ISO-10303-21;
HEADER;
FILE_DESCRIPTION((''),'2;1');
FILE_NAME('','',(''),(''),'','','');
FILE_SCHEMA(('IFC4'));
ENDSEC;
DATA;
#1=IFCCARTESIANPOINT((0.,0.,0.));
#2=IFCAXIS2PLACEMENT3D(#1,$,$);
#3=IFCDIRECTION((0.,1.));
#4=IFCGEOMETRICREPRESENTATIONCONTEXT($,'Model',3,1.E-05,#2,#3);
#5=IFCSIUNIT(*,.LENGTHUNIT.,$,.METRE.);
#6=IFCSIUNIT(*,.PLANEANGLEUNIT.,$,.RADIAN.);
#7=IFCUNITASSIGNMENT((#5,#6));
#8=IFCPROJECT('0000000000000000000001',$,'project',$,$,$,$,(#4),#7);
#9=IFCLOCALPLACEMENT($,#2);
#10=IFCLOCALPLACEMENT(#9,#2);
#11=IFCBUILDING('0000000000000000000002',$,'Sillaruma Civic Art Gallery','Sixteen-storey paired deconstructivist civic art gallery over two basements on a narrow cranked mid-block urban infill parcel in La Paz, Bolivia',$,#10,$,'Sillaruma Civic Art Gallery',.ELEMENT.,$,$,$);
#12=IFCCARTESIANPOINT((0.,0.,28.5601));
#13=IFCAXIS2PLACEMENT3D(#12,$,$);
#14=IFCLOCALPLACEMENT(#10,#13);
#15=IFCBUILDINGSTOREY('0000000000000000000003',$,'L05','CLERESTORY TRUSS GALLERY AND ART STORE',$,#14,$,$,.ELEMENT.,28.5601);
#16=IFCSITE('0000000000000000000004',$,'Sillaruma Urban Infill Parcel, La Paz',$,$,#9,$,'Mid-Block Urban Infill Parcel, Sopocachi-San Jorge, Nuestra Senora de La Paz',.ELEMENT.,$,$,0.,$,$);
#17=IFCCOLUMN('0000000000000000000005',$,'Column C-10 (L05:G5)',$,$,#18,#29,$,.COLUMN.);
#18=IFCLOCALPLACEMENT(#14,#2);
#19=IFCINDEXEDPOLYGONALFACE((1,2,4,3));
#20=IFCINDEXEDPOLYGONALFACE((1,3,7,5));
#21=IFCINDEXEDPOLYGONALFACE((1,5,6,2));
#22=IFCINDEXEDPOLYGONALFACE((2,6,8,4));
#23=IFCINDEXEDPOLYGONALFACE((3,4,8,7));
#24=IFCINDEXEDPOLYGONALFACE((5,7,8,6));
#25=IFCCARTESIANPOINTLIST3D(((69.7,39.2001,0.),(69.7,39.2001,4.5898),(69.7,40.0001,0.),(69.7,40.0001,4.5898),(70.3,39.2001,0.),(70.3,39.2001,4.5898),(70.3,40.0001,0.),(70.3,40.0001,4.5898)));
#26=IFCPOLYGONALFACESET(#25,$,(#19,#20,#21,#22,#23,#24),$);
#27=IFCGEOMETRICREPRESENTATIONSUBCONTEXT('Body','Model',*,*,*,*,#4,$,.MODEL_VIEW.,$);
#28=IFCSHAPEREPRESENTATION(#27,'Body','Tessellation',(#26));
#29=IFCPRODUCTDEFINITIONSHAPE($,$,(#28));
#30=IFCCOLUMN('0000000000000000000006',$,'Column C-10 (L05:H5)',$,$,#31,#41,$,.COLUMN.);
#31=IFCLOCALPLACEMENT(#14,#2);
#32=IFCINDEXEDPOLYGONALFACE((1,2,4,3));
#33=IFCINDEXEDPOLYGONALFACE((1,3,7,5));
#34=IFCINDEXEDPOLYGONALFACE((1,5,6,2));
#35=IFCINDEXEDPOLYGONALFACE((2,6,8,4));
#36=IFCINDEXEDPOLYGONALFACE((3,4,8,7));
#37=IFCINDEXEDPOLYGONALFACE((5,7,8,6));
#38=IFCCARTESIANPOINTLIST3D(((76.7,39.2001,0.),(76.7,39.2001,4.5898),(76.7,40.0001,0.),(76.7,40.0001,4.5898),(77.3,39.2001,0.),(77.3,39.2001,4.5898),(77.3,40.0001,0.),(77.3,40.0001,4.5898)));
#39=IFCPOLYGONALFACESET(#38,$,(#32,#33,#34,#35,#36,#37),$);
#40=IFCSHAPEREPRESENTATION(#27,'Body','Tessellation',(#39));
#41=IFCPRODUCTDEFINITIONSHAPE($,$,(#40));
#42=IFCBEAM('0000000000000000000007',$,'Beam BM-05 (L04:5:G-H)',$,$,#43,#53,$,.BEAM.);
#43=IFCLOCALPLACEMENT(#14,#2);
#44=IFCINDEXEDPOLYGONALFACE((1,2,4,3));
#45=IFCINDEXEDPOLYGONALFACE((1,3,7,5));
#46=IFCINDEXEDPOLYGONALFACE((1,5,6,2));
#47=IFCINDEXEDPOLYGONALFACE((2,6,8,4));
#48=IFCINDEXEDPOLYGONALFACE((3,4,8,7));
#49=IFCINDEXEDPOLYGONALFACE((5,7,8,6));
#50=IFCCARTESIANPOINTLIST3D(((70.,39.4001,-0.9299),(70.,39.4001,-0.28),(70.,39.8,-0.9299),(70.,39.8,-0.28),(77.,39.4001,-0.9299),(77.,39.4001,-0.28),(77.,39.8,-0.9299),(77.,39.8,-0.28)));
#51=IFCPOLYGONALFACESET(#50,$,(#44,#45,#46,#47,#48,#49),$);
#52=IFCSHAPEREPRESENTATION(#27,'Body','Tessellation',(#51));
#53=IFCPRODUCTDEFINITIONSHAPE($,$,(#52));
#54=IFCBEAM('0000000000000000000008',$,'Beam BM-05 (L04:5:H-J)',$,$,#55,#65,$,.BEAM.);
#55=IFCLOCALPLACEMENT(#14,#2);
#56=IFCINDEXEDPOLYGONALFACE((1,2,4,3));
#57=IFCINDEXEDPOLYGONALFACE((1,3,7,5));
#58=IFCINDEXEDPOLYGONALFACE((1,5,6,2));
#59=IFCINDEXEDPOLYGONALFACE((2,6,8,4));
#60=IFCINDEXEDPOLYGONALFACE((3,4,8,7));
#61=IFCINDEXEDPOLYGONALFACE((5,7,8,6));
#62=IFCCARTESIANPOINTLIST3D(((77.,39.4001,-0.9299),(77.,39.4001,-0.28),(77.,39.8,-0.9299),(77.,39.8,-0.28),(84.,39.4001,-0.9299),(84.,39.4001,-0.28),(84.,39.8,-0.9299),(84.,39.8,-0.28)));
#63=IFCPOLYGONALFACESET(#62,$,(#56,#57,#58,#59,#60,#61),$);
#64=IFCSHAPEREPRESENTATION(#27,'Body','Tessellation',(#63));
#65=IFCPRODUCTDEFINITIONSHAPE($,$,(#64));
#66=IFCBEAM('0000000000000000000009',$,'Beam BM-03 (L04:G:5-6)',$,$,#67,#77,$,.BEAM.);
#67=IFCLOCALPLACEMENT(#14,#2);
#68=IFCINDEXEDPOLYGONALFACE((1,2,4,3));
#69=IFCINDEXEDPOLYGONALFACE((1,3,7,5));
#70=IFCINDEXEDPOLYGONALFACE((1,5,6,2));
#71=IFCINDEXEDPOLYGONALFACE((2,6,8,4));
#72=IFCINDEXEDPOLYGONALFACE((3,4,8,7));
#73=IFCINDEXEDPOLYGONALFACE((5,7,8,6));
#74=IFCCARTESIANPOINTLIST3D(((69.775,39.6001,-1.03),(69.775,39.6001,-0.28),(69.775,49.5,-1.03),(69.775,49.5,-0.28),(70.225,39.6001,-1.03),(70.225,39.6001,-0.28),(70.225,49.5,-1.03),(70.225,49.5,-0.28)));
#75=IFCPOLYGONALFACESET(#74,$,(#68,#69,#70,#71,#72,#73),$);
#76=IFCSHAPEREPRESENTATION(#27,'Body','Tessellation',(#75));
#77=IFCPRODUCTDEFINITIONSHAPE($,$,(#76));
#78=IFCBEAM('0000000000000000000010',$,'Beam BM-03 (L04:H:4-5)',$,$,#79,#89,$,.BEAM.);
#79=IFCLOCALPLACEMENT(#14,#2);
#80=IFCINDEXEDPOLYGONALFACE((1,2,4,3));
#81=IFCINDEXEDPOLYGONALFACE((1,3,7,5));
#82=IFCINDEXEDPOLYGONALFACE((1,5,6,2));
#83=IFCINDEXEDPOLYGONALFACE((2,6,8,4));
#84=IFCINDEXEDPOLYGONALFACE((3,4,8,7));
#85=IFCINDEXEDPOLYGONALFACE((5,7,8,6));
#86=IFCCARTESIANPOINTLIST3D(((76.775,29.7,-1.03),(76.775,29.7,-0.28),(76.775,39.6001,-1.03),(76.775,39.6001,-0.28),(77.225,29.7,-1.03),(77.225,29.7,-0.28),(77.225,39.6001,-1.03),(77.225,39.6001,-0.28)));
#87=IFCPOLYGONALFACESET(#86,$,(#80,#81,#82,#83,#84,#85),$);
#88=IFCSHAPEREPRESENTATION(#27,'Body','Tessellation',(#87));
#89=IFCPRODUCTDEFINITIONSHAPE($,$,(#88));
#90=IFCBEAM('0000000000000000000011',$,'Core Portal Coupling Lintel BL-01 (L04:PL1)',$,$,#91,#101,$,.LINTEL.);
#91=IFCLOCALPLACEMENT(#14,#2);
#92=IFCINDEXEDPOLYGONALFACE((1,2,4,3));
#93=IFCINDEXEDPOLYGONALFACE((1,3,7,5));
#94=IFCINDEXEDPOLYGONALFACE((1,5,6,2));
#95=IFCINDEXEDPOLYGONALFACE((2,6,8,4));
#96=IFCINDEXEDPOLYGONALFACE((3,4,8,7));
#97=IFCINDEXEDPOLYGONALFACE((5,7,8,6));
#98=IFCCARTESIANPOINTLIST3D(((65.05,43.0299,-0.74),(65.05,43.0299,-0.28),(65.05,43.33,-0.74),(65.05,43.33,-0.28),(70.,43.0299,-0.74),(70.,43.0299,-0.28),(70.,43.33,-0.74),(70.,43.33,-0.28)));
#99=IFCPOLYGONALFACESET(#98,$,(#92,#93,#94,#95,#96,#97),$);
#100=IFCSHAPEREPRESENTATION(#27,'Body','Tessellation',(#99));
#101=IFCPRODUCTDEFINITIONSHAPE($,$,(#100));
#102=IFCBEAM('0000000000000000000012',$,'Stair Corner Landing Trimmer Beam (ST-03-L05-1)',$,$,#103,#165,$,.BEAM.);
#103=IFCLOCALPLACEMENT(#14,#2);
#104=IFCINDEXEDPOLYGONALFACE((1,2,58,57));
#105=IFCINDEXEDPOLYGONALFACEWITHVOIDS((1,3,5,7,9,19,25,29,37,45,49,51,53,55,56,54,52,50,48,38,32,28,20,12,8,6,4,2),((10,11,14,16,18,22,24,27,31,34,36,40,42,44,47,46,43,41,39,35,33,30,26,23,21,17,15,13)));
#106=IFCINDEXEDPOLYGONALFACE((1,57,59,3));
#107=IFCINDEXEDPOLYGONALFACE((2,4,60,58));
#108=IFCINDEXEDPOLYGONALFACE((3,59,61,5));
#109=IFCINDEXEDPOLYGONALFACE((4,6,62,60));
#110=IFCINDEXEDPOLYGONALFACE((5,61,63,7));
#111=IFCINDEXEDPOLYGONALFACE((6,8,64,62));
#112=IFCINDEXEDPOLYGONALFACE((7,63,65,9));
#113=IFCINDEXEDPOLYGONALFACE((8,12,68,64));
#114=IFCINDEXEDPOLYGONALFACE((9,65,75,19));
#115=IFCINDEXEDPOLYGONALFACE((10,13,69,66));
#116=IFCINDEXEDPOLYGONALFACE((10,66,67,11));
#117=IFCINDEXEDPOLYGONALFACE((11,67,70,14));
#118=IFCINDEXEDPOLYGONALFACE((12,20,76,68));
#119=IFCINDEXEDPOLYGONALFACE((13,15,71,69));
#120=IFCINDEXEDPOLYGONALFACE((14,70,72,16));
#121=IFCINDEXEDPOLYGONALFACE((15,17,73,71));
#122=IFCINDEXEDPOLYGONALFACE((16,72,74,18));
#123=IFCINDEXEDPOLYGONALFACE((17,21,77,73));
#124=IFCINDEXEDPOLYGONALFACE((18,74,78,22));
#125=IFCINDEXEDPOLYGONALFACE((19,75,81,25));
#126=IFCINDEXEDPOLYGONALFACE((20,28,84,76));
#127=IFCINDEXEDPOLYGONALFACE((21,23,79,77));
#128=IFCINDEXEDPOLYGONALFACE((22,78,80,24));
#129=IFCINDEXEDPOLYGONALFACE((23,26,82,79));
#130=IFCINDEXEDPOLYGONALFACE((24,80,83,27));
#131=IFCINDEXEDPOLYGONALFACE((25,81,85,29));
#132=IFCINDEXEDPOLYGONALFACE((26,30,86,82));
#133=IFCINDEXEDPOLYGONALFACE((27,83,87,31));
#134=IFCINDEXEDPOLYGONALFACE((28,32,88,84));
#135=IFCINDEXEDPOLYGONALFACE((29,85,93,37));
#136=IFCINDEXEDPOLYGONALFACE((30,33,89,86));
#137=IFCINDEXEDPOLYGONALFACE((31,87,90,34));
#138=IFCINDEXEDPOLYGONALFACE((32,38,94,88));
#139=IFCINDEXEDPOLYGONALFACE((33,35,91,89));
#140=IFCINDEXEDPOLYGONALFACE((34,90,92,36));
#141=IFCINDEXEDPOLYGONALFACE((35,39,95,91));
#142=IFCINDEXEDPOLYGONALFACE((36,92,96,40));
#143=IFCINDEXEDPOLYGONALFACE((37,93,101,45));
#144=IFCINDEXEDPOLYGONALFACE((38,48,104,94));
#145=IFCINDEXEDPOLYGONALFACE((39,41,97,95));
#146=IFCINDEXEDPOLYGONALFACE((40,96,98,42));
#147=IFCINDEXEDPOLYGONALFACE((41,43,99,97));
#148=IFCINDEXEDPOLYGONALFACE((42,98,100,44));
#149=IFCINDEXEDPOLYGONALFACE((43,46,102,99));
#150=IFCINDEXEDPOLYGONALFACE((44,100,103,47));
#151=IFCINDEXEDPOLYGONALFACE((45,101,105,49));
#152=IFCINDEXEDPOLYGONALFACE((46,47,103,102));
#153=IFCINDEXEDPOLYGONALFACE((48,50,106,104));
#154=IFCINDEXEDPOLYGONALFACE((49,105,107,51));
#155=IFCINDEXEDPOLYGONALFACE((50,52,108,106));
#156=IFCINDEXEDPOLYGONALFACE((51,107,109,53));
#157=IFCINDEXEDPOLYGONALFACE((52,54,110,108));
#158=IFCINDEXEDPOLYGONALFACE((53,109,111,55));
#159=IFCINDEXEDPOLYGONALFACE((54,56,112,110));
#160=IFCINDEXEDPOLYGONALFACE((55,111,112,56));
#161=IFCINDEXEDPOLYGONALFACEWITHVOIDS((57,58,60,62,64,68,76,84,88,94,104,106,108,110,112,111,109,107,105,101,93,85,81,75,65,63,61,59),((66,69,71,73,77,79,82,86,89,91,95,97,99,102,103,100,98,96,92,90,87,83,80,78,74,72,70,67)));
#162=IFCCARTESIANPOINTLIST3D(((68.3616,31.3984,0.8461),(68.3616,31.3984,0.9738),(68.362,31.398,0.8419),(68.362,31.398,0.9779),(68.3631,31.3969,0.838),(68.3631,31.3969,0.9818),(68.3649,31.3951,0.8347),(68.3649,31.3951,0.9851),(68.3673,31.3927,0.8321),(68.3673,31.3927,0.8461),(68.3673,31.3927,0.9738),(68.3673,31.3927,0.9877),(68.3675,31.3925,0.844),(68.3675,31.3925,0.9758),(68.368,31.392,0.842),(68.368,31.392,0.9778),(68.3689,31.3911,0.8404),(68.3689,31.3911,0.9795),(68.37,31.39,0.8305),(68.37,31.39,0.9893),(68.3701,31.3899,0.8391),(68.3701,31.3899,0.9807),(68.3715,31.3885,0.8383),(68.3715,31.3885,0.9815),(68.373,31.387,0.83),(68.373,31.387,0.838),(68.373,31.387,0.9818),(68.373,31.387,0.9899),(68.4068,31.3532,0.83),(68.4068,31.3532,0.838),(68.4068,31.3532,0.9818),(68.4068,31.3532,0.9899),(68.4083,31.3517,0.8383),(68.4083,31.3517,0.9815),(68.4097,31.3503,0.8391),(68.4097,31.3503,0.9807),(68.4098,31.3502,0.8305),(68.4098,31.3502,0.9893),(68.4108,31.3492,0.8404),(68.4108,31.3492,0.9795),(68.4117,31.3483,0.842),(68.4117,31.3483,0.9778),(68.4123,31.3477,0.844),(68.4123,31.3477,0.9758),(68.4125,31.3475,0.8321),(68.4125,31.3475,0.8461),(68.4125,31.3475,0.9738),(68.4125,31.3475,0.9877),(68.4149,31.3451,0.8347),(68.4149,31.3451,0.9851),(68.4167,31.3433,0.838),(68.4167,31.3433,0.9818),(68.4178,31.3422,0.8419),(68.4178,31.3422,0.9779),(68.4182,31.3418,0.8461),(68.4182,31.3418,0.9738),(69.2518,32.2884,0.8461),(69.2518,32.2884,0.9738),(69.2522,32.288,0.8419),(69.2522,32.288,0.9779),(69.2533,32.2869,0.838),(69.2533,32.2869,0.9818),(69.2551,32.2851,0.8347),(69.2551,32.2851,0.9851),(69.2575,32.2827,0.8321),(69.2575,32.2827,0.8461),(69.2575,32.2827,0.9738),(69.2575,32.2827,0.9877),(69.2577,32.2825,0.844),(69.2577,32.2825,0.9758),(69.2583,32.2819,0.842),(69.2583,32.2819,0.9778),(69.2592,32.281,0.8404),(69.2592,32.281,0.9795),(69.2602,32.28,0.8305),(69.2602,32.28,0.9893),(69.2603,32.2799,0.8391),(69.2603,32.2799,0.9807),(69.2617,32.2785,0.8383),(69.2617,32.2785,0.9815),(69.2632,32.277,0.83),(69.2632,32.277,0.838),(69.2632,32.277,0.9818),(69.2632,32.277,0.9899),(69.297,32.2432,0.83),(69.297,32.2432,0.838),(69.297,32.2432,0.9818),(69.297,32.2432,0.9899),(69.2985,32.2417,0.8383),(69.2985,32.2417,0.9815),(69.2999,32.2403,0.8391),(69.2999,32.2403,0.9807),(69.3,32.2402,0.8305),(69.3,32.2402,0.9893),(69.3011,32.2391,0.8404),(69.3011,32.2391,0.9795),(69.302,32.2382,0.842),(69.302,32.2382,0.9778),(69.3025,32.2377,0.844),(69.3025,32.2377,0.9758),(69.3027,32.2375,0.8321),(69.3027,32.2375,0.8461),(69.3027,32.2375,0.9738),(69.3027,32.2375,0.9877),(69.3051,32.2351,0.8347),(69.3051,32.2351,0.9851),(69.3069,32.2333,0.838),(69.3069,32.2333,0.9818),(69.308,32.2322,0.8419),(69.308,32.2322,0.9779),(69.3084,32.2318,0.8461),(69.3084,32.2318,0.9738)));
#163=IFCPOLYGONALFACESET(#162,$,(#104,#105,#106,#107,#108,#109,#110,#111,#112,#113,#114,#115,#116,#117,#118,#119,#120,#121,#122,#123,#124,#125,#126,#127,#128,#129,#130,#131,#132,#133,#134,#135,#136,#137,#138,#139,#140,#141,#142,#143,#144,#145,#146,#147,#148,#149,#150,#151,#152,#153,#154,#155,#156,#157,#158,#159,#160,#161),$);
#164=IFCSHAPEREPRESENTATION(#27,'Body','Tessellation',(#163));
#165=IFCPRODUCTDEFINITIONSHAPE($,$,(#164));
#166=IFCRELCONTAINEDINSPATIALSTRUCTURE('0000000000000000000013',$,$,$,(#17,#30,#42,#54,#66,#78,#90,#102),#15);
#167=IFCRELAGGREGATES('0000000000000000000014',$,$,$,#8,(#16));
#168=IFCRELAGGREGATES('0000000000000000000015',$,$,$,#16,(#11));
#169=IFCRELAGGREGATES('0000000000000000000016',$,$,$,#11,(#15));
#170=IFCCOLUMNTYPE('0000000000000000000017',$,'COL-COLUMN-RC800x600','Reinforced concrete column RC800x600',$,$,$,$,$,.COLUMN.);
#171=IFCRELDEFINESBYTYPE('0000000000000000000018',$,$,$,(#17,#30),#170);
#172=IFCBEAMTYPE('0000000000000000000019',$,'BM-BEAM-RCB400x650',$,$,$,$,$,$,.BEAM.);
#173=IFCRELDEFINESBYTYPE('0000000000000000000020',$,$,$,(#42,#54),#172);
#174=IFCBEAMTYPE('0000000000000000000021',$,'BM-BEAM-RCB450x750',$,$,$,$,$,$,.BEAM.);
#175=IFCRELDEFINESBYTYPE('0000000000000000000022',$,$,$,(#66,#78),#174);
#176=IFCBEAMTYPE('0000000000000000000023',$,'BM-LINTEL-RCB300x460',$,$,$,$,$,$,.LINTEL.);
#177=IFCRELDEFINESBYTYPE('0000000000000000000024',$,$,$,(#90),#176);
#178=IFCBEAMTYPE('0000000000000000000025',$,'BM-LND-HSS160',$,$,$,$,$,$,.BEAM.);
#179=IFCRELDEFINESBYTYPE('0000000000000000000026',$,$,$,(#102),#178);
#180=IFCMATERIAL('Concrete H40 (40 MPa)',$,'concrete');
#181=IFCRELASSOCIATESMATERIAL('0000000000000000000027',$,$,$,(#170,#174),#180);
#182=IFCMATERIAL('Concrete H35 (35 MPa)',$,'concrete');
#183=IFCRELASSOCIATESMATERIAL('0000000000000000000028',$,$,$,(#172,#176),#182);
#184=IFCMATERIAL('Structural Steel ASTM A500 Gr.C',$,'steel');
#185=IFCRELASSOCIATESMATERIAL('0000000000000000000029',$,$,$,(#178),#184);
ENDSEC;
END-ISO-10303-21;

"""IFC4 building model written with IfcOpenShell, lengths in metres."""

from ifc_helpers import new_model, si_unit, direction, frame, origin, origin_2d, place, context, subcontext, project, spatial, rectangle, hollow_rectangle, extrude, material, material_profile, profile_set, type_object, element, save


model = new_model("IFC4")

# Units and contexts
model_context = context("Model", 3, precision=1e-05, world=origin(), true_north=direction((0.0, 1.0)))
body_context = subcontext(model_context, "Body", "Model", "MODEL_VIEW")
ifc_project = project(units=[si_unit("LENGTHUNIT", "METRE"), si_unit("PLANEANGLEUNIT", "RADIAN")], contexts=[model_context])

# Site, building, storey
site_placement = place(None, origin())
site = spatial("IfcSite", under=ifc_project, at=site_placement, Name="Sillaruma Urban Infill Parcel, La Paz", LongName="Mid-Block Urban Infill Parcel, Sopocachi-San Jorge, Nuestra Senora de La Paz", CompositionType="ELEMENT", RefElevation=0.0)
building_placement = place(site_placement, origin())
building = spatial("IfcBuilding", under=site, at=building_placement, Name="Sillaruma Civic Art Gallery", Description="Sixteen-storey paired deconstructivist civic art gallery over two basements on a narrow cranked mid-block urban infill parcel in La Paz, Bolivia", LongName="Sillaruma Civic Art Gallery", CompositionType="ELEMENT")
storey_placement = place(building_placement, frame((0.0, 0.0, 28.5601)))
storey = spatial("IfcBuildingStorey", under=building, at=storey_placement, Name="L05", Description="CLERESTORY TRUSS GALLERY AND ART STORE", CompositionType="ELEMENT", Elevation=28.5601)

# Columns
ifc_material_1 = material(Name="Concrete H40 (40 MPa)", Category="concrete")
ifc_material_profile_1 = material_profile(ifc_material_1, rectangle(XDim=0.6001, YDim=0.8, at=origin_2d()), Name="RC800x600")
ifc_profile_set_1 = profile_set([ifc_material_profile_1], Name="Concrete H40 (40 MPa)")
column_type = type_object("IfcColumnType", Name="COL-COLUMN-RC800x600", Description="Reinforced concrete column RC800x600", PredefinedType="COLUMN", material=ifc_profile_set_1)
for number, where, z_axis, x_axis, name in (
    (1, (70.0, 39.6001, 0.0), (0.0, 0.0, 1.0), (1.0, 0.0, 0.0), "Column C-10 (L05:G5)"),
    (2, (77.0, 39.6001, 0.0), (0.0, 0.0, 1.0), (1.0, 0.0, 0.0), "Column C-10 (L05:H5)"),
):
    element("IfcColumn", number, at=place(storey_placement, frame(where, z_axis=z_axis, x_axis=x_axis)), inside=storey, type_object=column_type, Name=name, PredefinedType="COLUMN", context=body_context, shape_type="SweptSolid", body=[
        extrude(rectangle(XDim=0.6001, YDim=0.8, at=origin_2d()), origin(), (0.0, 0.0, 1.0), 4.5898),
    ])

# Beams
ifc_material_2 = material(Name="Concrete H35 (35 MPa)", Category="concrete")
ifc_material_profile_2 = material_profile(ifc_material_2, rectangle(XDim=0.3999, YDim=0.6499, at=origin_2d()), Name="RCB400x650")
ifc_profile_set_2 = profile_set([ifc_material_profile_2], Name="Concrete H35 (35 MPa)")
beam_type_1 = type_object("IfcBeamType", Name="BM-BEAM-RCB400x650", PredefinedType="BEAM", material=ifc_profile_set_2)
for number, where, z_axis, x_axis, name in (
    (3, (70.0, 39.6001, -0.605), (1.0, 0.0, 0.0), (0.0, 1.0, 0.0), "Beam BM-05 (L04:5:G-H)"),
    (4, (77.0, 39.6001, -0.605), (1.0, 0.0, 0.0), (0.0, 1.0, 0.0), "Beam BM-05 (L04:5:H-J)"),
):
    element("IfcBeam", number, at=place(storey_placement, frame(where, z_axis=z_axis, x_axis=x_axis)), inside=storey, type_object=beam_type_1, Name=name, PredefinedType="BEAM", context=body_context, shape_type="SweptSolid", body=[
        extrude(rectangle(XDim=0.3999, YDim=0.6499, at=origin_2d()), origin(), (0.0, 0.0, 1.0), 7.0),
    ])
ifc_material_profile_3 = material_profile(ifc_material_1, rectangle(XDim=0.45, YDim=0.75, at=origin_2d()), Name="RCB450x750")
ifc_profile_set_3 = profile_set([ifc_material_profile_3], Name="Concrete H40 (40 MPa)")
beam_type_2 = type_object("IfcBeamType", Name="BM-BEAM-RCB450x750", PredefinedType="BEAM", material=ifc_profile_set_3)
beam_1_placement = place(storey_placement, frame((70.0, 39.6001, -0.655), z_axis=(0.0, 1.0, 0.0), x_axis=(-1.0, 0.0, 0.0)))
element("IfcBeam", 5, at=beam_1_placement, inside=storey, type_object=beam_type_2, Name="Beam BM-03 (L04:G:5-6)", PredefinedType="BEAM", context=body_context, shape_type="SweptSolid", body=[
    extrude(rectangle(XDim=0.45, YDim=0.75, at=origin_2d()), origin(), (0.0, 0.0, 1.0), 9.8999),
])
beam_2_placement = place(storey_placement, frame((77.0, 29.7, -0.655), z_axis=(0.0, 1.0, 0.0), x_axis=(-1.0, 0.0, 0.0)))
element("IfcBeam", 6, at=beam_2_placement, inside=storey, type_object=beam_type_2, Name="Beam BM-03 (L04:H:4-5)", PredefinedType="BEAM", context=body_context, shape_type="SweptSolid", body=[
    extrude(rectangle(XDim=0.45, YDim=0.75, at=origin_2d()), origin(), (0.0, 0.0, 1.0), 9.9001),
])
ifc_material_profile_4 = material_profile(ifc_material_2, rectangle(XDim=0.3, YDim=0.46, at=origin_2d()), Name="RCB300x460")
ifc_profile_set_4 = profile_set([ifc_material_profile_4], Name="Concrete H35 (35 MPa)")
beam_type_3 = type_object("IfcBeamType", Name="BM-LINTEL-RCB300x460", PredefinedType="LINTEL", material=ifc_profile_set_4)
beam_3_placement = place(storey_placement, frame((65.05, 43.1799, -0.51), z_axis=(1.0, 0.0, 0.0), x_axis=(0.0, 1.0, 0.0)))
element("IfcBeam", 7, at=beam_3_placement, inside=storey, type_object=beam_type_3, Name="Core Portal Coupling Lintel BL-01 (L04:PL1)", PredefinedType="LINTEL", context=body_context, shape_type="SweptSolid", body=[
    extrude(rectangle(XDim=0.3, YDim=0.46, at=origin_2d()), origin(), (0.0, 0.0, 1.0), 4.95),
])
ifc_material_3 = material(Name="Structural Steel ASTM A500 Gr.C", Category="steel")
ifc_material_profile_5 = material_profile(ifc_material_3, hollow_rectangle(XDim=0.0801, YDim=0.1599, WallThickness=0.0081, InnerFilletRadius=0.0081, OuterFilletRadius=0.0161, at=origin_2d()), Name="HSS160x80x8")
ifc_profile_set_5 = profile_set([ifc_material_profile_5], Name="Structural Steel ASTM A500 Gr.C")
beam_type_4 = type_object("IfcBeamType", Name="BM-LND-HSS160", PredefinedType="BEAM", material=ifc_profile_set_5)
for number, where, z_axis, x_axis, name in (
    (8, (68.3899, 31.3701, 0.9099), (0.707204, 0.70701, 0.0), (-0.70701, 0.707204, 0.0), "Stair Corner Landing Trimmer Beam (ST-03-L05-1)"),
):
    element("IfcBeam", number, at=place(storey_placement, frame(where, z_axis=z_axis, x_axis=x_axis)), inside=storey, type_object=beam_type_4, Name=name, PredefinedType="BEAM", context=body_context, shape_type="SweptSolid", body=[
        extrude(hollow_rectangle(XDim=0.0801, YDim=0.1599, WallThickness=0.0081, InnerFilletRadius=0.0081, OuterFilletRadius=0.0161, at=origin_2d()), origin(), (0.0, 0.0, 1.0), 1.2588),
    ])

save(model, "model.ifc")
